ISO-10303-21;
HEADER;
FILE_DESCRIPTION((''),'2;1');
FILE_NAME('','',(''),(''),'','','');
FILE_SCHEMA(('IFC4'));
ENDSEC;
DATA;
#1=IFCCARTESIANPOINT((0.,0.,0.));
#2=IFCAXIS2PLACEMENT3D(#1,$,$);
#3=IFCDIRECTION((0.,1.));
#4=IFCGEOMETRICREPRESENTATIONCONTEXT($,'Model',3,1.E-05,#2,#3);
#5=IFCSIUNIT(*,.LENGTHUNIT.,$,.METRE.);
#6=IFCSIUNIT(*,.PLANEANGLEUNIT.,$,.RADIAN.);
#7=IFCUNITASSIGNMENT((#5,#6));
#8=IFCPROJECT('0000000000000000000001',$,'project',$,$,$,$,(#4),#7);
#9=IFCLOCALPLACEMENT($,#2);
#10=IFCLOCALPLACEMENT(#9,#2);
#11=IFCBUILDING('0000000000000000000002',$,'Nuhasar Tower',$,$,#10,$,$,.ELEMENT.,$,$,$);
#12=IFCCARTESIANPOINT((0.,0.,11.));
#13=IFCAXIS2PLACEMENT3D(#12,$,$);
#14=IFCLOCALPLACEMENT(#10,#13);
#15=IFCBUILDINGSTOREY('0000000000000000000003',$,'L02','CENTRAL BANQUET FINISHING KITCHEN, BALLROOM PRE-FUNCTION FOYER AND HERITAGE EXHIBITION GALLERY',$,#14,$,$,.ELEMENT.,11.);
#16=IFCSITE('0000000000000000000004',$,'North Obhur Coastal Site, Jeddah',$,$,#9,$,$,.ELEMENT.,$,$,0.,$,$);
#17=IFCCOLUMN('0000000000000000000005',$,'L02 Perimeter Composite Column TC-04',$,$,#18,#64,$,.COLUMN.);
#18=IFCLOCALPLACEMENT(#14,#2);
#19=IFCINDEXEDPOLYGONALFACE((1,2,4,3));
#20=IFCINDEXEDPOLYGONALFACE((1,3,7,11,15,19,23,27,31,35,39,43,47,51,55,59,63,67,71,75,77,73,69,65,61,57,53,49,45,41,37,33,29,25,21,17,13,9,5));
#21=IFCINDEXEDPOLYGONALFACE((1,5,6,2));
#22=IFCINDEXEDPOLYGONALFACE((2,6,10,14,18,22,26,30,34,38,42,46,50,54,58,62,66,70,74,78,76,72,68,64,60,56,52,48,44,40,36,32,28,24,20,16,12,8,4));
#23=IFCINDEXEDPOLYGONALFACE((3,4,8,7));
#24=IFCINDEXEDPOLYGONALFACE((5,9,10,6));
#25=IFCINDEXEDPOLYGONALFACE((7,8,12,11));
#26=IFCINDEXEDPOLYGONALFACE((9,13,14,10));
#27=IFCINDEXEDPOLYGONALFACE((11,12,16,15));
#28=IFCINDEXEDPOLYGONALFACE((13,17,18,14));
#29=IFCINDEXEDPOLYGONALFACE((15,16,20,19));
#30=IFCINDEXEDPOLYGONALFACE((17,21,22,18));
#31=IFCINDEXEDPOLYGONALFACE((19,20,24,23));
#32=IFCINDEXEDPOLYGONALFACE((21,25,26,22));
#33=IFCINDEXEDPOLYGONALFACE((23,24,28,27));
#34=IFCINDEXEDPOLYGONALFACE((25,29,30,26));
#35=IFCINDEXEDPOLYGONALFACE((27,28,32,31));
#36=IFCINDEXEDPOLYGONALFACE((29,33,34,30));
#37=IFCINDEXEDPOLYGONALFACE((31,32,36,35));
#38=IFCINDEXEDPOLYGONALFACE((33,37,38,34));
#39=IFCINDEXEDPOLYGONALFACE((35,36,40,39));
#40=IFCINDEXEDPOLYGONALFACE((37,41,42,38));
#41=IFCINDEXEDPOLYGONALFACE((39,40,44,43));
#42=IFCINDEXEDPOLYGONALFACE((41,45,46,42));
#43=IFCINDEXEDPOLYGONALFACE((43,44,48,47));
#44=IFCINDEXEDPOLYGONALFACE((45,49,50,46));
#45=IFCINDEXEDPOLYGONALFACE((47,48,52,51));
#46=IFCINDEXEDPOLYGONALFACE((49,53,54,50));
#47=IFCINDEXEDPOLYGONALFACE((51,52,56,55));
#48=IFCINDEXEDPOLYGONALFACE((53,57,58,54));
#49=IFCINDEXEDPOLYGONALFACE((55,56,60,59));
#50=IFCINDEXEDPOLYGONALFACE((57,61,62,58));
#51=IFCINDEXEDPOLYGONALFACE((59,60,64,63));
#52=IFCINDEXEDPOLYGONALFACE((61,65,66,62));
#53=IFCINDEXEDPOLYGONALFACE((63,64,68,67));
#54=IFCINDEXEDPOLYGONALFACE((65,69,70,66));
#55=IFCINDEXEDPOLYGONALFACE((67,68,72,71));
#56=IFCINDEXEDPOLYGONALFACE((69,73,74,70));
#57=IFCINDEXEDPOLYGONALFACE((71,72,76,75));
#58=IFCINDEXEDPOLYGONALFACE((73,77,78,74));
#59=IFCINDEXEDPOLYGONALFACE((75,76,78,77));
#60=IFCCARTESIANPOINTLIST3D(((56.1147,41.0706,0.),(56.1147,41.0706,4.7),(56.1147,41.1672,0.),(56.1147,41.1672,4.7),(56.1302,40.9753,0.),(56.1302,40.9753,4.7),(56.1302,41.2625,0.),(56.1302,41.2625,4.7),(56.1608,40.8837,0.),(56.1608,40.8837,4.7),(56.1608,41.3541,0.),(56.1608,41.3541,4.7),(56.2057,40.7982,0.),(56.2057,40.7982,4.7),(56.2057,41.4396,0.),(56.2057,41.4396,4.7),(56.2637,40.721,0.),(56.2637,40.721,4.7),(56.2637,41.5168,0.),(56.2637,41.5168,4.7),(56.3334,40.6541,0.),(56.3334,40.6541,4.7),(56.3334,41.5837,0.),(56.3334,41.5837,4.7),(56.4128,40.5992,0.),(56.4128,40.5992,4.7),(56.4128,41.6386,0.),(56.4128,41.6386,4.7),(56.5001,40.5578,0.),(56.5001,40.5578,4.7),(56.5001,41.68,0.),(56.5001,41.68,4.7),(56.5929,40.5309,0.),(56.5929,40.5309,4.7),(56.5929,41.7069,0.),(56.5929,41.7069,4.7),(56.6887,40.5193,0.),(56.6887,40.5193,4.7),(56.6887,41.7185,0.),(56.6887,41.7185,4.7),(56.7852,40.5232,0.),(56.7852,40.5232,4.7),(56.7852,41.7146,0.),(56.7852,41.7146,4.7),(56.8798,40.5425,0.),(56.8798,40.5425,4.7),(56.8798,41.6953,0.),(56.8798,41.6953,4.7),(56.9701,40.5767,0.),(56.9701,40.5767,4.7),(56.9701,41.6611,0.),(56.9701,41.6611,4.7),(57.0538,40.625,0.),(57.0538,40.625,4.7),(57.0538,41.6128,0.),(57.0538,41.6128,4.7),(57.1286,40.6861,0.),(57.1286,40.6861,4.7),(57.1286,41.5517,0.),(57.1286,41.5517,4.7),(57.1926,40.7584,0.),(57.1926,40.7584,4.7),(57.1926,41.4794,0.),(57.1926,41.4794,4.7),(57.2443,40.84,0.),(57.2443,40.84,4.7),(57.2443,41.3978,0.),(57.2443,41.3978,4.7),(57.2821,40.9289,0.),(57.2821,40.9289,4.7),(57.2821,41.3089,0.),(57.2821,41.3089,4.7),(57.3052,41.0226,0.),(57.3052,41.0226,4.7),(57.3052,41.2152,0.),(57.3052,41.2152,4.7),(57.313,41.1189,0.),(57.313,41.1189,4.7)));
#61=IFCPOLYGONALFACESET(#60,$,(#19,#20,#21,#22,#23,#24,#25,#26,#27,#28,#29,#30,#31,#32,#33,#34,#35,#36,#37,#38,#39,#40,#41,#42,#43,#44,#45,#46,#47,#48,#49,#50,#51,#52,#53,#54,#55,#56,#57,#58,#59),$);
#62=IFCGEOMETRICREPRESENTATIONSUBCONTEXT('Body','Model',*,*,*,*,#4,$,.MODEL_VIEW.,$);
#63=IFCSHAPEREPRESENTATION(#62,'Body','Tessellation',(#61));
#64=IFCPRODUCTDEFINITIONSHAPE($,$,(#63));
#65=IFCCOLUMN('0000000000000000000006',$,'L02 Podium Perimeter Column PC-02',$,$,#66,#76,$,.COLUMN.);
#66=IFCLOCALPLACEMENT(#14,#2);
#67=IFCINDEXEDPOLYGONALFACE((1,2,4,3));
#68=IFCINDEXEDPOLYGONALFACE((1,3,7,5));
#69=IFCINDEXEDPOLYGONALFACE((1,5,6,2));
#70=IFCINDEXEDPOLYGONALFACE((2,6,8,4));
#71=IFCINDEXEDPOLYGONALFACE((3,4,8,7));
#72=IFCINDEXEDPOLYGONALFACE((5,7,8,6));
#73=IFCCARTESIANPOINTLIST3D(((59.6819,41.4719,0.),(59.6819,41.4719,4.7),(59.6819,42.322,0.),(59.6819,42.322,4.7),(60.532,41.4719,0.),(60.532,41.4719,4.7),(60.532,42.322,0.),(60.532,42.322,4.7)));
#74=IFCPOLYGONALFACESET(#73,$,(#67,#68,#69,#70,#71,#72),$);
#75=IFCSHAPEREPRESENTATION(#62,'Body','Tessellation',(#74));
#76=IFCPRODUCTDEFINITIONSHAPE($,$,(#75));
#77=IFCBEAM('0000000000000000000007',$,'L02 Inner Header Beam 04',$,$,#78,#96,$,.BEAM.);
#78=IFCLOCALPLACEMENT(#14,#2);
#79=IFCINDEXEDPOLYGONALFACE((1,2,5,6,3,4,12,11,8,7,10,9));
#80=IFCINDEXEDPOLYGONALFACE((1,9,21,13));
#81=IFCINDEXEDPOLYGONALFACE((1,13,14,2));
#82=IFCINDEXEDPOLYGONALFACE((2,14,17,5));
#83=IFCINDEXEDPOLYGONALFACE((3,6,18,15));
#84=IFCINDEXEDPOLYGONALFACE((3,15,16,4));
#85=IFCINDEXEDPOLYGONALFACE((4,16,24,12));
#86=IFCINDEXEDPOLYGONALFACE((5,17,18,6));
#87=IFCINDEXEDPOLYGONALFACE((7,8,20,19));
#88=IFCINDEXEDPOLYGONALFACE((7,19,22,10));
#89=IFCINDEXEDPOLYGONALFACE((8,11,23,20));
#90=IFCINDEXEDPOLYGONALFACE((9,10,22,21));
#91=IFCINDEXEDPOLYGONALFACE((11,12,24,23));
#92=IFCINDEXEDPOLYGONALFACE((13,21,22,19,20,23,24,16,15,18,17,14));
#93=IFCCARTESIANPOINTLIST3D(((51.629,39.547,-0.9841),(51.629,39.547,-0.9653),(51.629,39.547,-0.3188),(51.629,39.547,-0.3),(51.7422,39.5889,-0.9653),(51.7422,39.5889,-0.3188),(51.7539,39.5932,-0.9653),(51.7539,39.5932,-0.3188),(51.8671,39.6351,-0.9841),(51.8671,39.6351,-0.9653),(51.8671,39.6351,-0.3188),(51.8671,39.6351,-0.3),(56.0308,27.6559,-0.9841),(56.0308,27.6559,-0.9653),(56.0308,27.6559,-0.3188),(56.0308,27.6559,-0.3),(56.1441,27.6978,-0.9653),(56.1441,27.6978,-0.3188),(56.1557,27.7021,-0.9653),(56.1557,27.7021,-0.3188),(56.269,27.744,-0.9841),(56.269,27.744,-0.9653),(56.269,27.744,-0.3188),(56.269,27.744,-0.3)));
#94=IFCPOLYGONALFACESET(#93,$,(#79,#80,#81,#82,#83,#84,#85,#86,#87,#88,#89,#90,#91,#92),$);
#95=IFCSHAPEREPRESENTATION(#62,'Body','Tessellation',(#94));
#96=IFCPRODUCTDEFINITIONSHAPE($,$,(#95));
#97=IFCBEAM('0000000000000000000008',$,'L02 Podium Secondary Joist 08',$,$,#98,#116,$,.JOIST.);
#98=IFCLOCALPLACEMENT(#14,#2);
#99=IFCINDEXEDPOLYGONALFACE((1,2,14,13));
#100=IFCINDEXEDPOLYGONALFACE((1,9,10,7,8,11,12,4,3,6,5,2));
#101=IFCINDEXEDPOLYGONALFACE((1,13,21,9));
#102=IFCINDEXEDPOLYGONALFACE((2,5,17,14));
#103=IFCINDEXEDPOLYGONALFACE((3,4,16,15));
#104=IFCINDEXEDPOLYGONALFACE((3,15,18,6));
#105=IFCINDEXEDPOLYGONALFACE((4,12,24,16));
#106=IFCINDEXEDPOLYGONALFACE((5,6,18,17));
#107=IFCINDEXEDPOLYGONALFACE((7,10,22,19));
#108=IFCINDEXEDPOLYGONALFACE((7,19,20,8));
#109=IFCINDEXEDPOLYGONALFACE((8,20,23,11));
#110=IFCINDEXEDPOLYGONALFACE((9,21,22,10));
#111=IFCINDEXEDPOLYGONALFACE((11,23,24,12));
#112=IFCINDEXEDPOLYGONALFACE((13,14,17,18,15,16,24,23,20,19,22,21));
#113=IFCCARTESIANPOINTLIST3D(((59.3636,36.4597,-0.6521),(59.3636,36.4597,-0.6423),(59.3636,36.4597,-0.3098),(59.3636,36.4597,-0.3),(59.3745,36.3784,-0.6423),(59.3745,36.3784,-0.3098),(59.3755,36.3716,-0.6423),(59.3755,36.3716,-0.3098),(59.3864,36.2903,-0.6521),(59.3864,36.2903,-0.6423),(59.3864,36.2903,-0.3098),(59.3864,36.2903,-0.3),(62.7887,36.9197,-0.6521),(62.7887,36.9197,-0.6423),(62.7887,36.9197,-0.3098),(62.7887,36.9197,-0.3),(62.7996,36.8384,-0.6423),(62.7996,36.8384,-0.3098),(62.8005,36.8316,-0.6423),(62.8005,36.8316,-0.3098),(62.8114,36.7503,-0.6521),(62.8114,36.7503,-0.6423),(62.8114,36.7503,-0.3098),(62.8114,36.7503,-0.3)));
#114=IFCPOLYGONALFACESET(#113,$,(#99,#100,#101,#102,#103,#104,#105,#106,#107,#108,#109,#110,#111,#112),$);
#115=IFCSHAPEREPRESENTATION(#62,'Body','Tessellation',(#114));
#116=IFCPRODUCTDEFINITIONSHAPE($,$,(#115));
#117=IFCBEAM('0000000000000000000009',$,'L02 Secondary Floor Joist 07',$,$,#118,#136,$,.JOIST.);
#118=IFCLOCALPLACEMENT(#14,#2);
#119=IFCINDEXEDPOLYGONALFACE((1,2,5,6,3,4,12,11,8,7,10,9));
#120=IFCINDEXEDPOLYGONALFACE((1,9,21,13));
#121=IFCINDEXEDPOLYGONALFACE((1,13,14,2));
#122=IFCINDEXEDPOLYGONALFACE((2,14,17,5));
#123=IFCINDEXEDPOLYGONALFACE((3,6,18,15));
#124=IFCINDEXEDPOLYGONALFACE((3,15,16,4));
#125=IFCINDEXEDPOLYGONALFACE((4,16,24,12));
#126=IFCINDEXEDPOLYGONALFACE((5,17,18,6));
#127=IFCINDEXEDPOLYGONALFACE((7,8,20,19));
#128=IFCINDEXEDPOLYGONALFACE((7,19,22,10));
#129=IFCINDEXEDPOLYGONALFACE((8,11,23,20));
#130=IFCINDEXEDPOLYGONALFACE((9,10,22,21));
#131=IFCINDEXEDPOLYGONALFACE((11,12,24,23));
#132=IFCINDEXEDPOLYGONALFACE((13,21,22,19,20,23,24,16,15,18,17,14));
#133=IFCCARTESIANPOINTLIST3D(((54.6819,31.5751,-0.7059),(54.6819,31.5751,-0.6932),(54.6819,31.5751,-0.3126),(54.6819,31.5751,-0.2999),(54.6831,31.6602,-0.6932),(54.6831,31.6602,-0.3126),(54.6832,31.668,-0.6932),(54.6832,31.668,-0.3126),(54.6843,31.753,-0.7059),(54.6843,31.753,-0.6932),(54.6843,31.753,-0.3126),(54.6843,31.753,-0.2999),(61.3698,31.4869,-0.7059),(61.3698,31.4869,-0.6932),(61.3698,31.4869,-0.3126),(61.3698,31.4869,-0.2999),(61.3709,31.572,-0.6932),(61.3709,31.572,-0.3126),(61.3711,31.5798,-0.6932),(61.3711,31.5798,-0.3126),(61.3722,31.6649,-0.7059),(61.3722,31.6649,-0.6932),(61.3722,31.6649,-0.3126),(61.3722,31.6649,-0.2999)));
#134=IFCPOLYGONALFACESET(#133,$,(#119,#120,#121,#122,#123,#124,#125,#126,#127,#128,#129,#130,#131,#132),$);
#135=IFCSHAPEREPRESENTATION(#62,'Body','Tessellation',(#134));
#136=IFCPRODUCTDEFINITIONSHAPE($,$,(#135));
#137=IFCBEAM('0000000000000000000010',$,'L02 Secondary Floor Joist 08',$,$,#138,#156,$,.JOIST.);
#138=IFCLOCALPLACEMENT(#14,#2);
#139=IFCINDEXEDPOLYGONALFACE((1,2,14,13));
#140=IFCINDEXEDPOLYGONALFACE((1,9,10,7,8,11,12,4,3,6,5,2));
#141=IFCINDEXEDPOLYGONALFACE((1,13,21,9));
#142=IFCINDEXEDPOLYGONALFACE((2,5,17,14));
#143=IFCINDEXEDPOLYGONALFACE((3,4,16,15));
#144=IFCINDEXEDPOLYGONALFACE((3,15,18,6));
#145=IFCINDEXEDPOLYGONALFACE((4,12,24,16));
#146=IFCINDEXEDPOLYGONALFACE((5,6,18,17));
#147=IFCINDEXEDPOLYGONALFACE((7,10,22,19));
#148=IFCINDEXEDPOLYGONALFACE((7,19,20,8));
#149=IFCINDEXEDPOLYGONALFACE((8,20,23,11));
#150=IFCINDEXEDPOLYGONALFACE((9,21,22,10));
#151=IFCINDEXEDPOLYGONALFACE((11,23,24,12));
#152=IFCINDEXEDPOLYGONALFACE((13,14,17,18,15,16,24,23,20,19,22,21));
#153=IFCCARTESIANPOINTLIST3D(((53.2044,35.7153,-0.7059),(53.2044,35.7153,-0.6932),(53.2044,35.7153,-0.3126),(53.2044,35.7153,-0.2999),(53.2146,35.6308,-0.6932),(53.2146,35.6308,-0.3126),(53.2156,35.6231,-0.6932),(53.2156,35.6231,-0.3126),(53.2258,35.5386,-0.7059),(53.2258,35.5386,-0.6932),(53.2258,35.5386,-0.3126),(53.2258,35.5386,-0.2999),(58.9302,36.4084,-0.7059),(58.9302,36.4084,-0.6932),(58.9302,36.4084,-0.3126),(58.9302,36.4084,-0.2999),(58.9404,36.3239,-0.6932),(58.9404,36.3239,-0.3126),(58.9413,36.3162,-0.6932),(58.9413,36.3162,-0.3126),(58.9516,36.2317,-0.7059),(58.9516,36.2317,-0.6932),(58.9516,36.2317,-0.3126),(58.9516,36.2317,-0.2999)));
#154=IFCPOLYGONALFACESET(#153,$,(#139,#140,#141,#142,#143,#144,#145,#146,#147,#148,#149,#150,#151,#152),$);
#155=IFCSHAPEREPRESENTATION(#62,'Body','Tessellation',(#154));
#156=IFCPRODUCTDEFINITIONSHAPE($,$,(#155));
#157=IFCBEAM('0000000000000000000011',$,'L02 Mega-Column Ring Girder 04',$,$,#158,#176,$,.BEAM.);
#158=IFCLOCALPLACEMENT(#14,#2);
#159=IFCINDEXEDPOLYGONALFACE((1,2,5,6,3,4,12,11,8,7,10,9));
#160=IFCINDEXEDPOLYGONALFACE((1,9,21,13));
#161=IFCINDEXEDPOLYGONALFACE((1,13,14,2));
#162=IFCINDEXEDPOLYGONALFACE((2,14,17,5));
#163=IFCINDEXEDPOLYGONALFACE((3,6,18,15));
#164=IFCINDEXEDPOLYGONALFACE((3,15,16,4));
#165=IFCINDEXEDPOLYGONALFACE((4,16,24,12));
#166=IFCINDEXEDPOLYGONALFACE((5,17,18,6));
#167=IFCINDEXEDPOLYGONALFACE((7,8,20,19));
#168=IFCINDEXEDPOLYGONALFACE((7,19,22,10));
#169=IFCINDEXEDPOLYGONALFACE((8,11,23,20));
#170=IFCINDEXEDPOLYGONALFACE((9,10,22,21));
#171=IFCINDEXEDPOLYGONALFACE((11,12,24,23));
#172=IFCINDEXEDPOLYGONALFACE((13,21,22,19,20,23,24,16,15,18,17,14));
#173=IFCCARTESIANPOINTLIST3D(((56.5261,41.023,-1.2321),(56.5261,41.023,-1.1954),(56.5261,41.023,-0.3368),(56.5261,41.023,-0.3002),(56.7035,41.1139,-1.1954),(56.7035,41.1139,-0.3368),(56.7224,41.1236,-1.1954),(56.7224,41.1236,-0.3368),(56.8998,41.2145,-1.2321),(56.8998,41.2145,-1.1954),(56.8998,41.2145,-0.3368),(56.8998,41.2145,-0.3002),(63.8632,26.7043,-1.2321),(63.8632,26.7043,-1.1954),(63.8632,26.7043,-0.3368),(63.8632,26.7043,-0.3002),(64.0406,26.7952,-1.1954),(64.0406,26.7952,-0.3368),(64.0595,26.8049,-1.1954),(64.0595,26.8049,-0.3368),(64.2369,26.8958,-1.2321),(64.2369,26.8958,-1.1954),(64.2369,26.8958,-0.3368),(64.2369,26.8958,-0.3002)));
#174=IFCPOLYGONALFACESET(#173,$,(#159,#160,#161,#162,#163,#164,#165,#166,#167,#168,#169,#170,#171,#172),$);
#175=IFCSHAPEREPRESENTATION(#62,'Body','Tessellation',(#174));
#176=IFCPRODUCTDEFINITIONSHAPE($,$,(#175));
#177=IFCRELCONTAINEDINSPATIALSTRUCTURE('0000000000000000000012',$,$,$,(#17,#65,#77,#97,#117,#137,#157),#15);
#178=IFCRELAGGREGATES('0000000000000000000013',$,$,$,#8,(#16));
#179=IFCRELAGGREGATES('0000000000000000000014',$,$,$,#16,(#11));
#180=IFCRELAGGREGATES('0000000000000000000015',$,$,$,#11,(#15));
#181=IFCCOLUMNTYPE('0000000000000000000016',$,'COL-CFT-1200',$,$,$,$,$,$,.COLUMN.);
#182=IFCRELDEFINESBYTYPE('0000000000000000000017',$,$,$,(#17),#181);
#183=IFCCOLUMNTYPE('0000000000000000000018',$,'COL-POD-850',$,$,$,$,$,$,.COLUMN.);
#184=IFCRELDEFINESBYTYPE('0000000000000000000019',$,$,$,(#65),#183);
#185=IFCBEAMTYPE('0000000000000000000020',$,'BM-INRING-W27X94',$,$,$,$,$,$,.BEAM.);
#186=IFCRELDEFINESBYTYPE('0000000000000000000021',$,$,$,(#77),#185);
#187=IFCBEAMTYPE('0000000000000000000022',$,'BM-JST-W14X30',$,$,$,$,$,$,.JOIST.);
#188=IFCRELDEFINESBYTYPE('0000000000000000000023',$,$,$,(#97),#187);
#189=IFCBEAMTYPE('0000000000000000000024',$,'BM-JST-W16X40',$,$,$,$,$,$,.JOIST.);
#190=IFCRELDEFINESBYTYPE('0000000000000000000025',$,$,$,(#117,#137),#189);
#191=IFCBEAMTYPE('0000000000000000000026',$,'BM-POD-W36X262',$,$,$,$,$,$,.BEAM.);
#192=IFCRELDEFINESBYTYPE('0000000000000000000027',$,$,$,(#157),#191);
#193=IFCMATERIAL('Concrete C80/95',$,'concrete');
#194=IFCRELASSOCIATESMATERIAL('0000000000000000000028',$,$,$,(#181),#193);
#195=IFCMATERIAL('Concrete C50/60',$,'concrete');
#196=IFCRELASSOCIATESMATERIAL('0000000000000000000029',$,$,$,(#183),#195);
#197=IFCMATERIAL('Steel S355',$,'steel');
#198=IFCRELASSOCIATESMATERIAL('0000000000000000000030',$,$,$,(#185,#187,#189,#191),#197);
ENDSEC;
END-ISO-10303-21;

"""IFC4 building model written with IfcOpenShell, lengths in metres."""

from ifc_helpers import new_model, si_unit, direction, frame, origin, origin_2d, place, context, subcontext, project, spatial, rectangle, circle, i_section, extrude, material, material_profile, profile_set, type_object, element, save


model = new_model("IFC4")

# Units and contexts
model_context = context("Model", 3, precision=1e-05, world=origin(), true_north=direction((0.0, 1.0)))
body_context = subcontext(model_context, "Body", "Model", "MODEL_VIEW")
ifc_project = project(units=[si_unit("LENGTHUNIT", "METRE"), si_unit("PLANEANGLEUNIT", "RADIAN")], contexts=[model_context])

# Site, building, storey
site_placement = place(None, origin())
site = spatial("IfcSite", under=ifc_project, at=site_placement, Name="North Obhur Coastal Site, Jeddah", CompositionType="ELEMENT", RefElevation=0.0)
building_placement = place(site_placement, origin())
building = spatial("IfcBuilding", under=site, at=building_placement, Name="Nuhasar Tower", CompositionType="ELEMENT")
storey_placement = place(building_placement, frame((0.0, 0.0, 11.0)))
storey = spatial("IfcBuildingStorey", under=building, at=storey_placement, Name="L02", Description="CENTRAL BANQUET FINISHING KITCHEN, BALLROOM PRE-FUNCTION FOYER AND HERITAGE EXHIBITION GALLERY", CompositionType="ELEMENT", Elevation=11.0)

# Columns
ifc_material_1 = material(Name="Concrete C80/95", Category="concrete")
ifc_material_profile_1 = material_profile(ifc_material_1, circle(Radius=0.6001, at=origin_2d()), Name="CFT1200")
ifc_profile_set_1 = profile_set([ifc_material_profile_1], Name="Concrete C80/95")
column_type_1 = type_object("IfcColumnType", Name="COL-CFT-1200", PredefinedType="COLUMN", material=ifc_profile_set_1)
column_1_placement = place(storey_placement, frame((56.7129, 41.1189, 0.0), z_axis=(0.0, 0.0, 1.0), x_axis=(1.0, 0.0, 0.0)))
element("IfcColumn", 1, at=column_1_placement, inside=storey, type_object=column_type_1, Name="L02 Perimeter Composite Column TC-04", PredefinedType="COLUMN", context=body_context, shape_type="SweptSolid", body=[
    extrude(circle(Radius=0.6001, at=origin_2d()), origin(), (0.0, 0.0, 1.0), 4.7),
])
ifc_material_2 = material(Name="Concrete C50/60", Category="concrete")
ifc_material_profile_2 = material_profile(ifc_material_2, rectangle(XDim=0.8501, YDim=0.8501, at=origin_2d()), Name="RC850X850")
ifc_profile_set_2 = profile_set([ifc_material_profile_2], Name="Concrete C50/60")
column_type_2 = type_object("IfcColumnType", Name="COL-POD-850", PredefinedType="COLUMN", material=ifc_profile_set_2)
column_2_placement = place(storey_placement, frame((60.1069, 41.897, 0.0), z_axis=(0.0, 0.0, 1.0), x_axis=(1.0, 0.0, 0.0)))
element("IfcColumn", 2, at=column_2_placement, inside=storey, type_object=column_type_2, Name="L02 Podium Perimeter Column PC-02", PredefinedType="COLUMN", context=body_context, shape_type="SweptSolid", body=[
    extrude(rectangle(XDim=0.8501, YDim=0.8501, at=origin_2d()), origin(), (0.0, 0.0, 1.0), 4.7),
])

# Beams
ifc_material_3 = material(Name="Steel S355", Category="steel")
ifc_material_profile_3 = material_profile(ifc_material_3, i_section(OverallWidth=0.2539, OverallDepth=0.6841, WebThickness=0.0125, FlangeThickness=0.0188, at=origin_2d()), Name="W27X94")
ifc_profile_set_3 = profile_set([ifc_material_profile_3], Name="Steel S355")
beam_type_1 = type_object("IfcBeamType", Name="BM-INRING-W27X94", PredefinedType="BEAM", material=ifc_profile_set_3)
beam_1_placement = place(storey_placement, frame((56.1499, 27.7, -0.6421), z_axis=(-0.347158, 0.937807, 0.0), x_axis=(-0.937807, -0.347158, 0.0)))
element("IfcBeam", 3, at=beam_1_placement, inside=storey, type_object=beam_type_1, Name="L02 Inner Header Beam 04", PredefinedType="BEAM", context=body_context, shape_type="SweptSolid", body=[
    extrude(i_section(OverallWidth=0.2539, OverallDepth=0.6841, WebThickness=0.0125, FlangeThickness=0.0188, at=origin_2d()), origin(), (0.0, 0.0, 1.0), 12.6797),
])
ifc_material_profile_4 = material_profile(ifc_material_3, i_section(OverallWidth=0.1709, OverallDepth=0.3521, WebThickness=0.0068, FlangeThickness=0.0098, at=origin_2d()), Name="W14X30")
ifc_profile_set_4 = profile_set([ifc_material_profile_4], Name="Steel S355")
beam_type_2 = type_object("IfcBeamType", Name="BM-JST-W14X30", PredefinedType="JOIST", material=ifc_profile_set_4)
beam_2_placement = place(storey_placement, frame((59.375, 36.375, -0.4761), z_axis=(0.991103, 0.133098, 0.0), x_axis=(-0.133098, 0.991103, 0.0)))
element("IfcBeam", 4, at=beam_2_placement, inside=storey, type_object=beam_type_2, Name="L02 Podium Secondary Joist 08", PredefinedType="JOIST", context=body_context, shape_type="SweptSolid", body=[
    extrude(i_section(OverallWidth=0.1709, OverallDepth=0.3521, WebThickness=0.0068, FlangeThickness=0.0098, at=origin_2d()), origin(), (0.0, 0.0, 1.0), 3.4558),
])
ifc_material_profile_5 = material_profile(ifc_material_3, i_section(OverallWidth=0.178, OverallDepth=0.406, WebThickness=0.0078, FlangeThickness=0.0127, at=origin_2d()), Name="W16X40")
ifc_profile_set_5 = profile_set([ifc_material_profile_5], Name="Steel S355")
beam_type_3 = type_object("IfcBeamType", Name="BM-JST-W16X40", PredefinedType="JOIST", material=ifc_profile_set_5)
beam_3_placement = place(storey_placement, frame((54.6831, 31.6641, -0.5029), z_axis=(0.999913, -0.013177, 0.0), x_axis=(0.013177, 0.999913, 0.0)))
element("IfcBeam", 5, at=beam_3_placement, inside=storey, type_object=beam_type_3, Name="L02 Secondary Floor Joist 07", PredefinedType="JOIST", context=body_context, shape_type="SweptSolid", body=[
    extrude(i_section(OverallWidth=0.178, OverallDepth=0.406, WebThickness=0.0078, FlangeThickness=0.0127, at=origin_2d()), origin(), (0.0, 0.0, 1.0), 6.6885),
])
beam_4_placement = place(storey_placement, frame((53.2151, 35.627, -0.5029), z_axis=(0.992753, 0.120173, 0.0), x_axis=(-0.120173, 0.992753, 0.0)))
element("IfcBeam", 6, at=beam_4_placement, inside=storey, type_object=beam_type_3, Name="L02 Secondary Floor Joist 08", PredefinedType="JOIST", context=body_context, shape_type="SweptSolid", body=[
    extrude(i_section(OverallWidth=0.178, OverallDepth=0.406, WebThickness=0.0078, FlangeThickness=0.0127, at=origin_2d()), origin(), (0.0, 0.0, 1.0), 5.7676),
])
ifc_material_profile_6 = material_profile(ifc_material_3, i_section(OverallWidth=0.4199, OverallDepth=0.9319, WebThickness=0.0212, FlangeThickness=0.0366, at=origin_2d()), Name="W36X262")
ifc_profile_set_6 = profile_set([ifc_material_profile_6], Name="Steel S355")
beam_type_4 = type_object("IfcBeamType", Name="BM-POD-W36X262", PredefinedType="BEAM", material=ifc_profile_set_6)
beam_5_placement = place(storey_placement, frame((64.05, 26.8, -0.7661), z_axis=(-0.456029, 0.889965, 0.0), x_axis=(-0.889965, -0.456029, 0.0)))
element("IfcBeam", 7, at=beam_5_placement, inside=storey, type_object=beam_type_4, Name="L02 Mega-Column Ring Girder 04", PredefinedType="BEAM", context=body_context, shape_type="SweptSolid", body=[
    extrude(i_section(OverallWidth=0.4199, OverallDepth=0.9319, WebThickness=0.0212, FlangeThickness=0.0366, at=origin_2d()), origin(), (0.0, 0.0, 1.0), 16.0891),
])

save(model, "model.ifc")
